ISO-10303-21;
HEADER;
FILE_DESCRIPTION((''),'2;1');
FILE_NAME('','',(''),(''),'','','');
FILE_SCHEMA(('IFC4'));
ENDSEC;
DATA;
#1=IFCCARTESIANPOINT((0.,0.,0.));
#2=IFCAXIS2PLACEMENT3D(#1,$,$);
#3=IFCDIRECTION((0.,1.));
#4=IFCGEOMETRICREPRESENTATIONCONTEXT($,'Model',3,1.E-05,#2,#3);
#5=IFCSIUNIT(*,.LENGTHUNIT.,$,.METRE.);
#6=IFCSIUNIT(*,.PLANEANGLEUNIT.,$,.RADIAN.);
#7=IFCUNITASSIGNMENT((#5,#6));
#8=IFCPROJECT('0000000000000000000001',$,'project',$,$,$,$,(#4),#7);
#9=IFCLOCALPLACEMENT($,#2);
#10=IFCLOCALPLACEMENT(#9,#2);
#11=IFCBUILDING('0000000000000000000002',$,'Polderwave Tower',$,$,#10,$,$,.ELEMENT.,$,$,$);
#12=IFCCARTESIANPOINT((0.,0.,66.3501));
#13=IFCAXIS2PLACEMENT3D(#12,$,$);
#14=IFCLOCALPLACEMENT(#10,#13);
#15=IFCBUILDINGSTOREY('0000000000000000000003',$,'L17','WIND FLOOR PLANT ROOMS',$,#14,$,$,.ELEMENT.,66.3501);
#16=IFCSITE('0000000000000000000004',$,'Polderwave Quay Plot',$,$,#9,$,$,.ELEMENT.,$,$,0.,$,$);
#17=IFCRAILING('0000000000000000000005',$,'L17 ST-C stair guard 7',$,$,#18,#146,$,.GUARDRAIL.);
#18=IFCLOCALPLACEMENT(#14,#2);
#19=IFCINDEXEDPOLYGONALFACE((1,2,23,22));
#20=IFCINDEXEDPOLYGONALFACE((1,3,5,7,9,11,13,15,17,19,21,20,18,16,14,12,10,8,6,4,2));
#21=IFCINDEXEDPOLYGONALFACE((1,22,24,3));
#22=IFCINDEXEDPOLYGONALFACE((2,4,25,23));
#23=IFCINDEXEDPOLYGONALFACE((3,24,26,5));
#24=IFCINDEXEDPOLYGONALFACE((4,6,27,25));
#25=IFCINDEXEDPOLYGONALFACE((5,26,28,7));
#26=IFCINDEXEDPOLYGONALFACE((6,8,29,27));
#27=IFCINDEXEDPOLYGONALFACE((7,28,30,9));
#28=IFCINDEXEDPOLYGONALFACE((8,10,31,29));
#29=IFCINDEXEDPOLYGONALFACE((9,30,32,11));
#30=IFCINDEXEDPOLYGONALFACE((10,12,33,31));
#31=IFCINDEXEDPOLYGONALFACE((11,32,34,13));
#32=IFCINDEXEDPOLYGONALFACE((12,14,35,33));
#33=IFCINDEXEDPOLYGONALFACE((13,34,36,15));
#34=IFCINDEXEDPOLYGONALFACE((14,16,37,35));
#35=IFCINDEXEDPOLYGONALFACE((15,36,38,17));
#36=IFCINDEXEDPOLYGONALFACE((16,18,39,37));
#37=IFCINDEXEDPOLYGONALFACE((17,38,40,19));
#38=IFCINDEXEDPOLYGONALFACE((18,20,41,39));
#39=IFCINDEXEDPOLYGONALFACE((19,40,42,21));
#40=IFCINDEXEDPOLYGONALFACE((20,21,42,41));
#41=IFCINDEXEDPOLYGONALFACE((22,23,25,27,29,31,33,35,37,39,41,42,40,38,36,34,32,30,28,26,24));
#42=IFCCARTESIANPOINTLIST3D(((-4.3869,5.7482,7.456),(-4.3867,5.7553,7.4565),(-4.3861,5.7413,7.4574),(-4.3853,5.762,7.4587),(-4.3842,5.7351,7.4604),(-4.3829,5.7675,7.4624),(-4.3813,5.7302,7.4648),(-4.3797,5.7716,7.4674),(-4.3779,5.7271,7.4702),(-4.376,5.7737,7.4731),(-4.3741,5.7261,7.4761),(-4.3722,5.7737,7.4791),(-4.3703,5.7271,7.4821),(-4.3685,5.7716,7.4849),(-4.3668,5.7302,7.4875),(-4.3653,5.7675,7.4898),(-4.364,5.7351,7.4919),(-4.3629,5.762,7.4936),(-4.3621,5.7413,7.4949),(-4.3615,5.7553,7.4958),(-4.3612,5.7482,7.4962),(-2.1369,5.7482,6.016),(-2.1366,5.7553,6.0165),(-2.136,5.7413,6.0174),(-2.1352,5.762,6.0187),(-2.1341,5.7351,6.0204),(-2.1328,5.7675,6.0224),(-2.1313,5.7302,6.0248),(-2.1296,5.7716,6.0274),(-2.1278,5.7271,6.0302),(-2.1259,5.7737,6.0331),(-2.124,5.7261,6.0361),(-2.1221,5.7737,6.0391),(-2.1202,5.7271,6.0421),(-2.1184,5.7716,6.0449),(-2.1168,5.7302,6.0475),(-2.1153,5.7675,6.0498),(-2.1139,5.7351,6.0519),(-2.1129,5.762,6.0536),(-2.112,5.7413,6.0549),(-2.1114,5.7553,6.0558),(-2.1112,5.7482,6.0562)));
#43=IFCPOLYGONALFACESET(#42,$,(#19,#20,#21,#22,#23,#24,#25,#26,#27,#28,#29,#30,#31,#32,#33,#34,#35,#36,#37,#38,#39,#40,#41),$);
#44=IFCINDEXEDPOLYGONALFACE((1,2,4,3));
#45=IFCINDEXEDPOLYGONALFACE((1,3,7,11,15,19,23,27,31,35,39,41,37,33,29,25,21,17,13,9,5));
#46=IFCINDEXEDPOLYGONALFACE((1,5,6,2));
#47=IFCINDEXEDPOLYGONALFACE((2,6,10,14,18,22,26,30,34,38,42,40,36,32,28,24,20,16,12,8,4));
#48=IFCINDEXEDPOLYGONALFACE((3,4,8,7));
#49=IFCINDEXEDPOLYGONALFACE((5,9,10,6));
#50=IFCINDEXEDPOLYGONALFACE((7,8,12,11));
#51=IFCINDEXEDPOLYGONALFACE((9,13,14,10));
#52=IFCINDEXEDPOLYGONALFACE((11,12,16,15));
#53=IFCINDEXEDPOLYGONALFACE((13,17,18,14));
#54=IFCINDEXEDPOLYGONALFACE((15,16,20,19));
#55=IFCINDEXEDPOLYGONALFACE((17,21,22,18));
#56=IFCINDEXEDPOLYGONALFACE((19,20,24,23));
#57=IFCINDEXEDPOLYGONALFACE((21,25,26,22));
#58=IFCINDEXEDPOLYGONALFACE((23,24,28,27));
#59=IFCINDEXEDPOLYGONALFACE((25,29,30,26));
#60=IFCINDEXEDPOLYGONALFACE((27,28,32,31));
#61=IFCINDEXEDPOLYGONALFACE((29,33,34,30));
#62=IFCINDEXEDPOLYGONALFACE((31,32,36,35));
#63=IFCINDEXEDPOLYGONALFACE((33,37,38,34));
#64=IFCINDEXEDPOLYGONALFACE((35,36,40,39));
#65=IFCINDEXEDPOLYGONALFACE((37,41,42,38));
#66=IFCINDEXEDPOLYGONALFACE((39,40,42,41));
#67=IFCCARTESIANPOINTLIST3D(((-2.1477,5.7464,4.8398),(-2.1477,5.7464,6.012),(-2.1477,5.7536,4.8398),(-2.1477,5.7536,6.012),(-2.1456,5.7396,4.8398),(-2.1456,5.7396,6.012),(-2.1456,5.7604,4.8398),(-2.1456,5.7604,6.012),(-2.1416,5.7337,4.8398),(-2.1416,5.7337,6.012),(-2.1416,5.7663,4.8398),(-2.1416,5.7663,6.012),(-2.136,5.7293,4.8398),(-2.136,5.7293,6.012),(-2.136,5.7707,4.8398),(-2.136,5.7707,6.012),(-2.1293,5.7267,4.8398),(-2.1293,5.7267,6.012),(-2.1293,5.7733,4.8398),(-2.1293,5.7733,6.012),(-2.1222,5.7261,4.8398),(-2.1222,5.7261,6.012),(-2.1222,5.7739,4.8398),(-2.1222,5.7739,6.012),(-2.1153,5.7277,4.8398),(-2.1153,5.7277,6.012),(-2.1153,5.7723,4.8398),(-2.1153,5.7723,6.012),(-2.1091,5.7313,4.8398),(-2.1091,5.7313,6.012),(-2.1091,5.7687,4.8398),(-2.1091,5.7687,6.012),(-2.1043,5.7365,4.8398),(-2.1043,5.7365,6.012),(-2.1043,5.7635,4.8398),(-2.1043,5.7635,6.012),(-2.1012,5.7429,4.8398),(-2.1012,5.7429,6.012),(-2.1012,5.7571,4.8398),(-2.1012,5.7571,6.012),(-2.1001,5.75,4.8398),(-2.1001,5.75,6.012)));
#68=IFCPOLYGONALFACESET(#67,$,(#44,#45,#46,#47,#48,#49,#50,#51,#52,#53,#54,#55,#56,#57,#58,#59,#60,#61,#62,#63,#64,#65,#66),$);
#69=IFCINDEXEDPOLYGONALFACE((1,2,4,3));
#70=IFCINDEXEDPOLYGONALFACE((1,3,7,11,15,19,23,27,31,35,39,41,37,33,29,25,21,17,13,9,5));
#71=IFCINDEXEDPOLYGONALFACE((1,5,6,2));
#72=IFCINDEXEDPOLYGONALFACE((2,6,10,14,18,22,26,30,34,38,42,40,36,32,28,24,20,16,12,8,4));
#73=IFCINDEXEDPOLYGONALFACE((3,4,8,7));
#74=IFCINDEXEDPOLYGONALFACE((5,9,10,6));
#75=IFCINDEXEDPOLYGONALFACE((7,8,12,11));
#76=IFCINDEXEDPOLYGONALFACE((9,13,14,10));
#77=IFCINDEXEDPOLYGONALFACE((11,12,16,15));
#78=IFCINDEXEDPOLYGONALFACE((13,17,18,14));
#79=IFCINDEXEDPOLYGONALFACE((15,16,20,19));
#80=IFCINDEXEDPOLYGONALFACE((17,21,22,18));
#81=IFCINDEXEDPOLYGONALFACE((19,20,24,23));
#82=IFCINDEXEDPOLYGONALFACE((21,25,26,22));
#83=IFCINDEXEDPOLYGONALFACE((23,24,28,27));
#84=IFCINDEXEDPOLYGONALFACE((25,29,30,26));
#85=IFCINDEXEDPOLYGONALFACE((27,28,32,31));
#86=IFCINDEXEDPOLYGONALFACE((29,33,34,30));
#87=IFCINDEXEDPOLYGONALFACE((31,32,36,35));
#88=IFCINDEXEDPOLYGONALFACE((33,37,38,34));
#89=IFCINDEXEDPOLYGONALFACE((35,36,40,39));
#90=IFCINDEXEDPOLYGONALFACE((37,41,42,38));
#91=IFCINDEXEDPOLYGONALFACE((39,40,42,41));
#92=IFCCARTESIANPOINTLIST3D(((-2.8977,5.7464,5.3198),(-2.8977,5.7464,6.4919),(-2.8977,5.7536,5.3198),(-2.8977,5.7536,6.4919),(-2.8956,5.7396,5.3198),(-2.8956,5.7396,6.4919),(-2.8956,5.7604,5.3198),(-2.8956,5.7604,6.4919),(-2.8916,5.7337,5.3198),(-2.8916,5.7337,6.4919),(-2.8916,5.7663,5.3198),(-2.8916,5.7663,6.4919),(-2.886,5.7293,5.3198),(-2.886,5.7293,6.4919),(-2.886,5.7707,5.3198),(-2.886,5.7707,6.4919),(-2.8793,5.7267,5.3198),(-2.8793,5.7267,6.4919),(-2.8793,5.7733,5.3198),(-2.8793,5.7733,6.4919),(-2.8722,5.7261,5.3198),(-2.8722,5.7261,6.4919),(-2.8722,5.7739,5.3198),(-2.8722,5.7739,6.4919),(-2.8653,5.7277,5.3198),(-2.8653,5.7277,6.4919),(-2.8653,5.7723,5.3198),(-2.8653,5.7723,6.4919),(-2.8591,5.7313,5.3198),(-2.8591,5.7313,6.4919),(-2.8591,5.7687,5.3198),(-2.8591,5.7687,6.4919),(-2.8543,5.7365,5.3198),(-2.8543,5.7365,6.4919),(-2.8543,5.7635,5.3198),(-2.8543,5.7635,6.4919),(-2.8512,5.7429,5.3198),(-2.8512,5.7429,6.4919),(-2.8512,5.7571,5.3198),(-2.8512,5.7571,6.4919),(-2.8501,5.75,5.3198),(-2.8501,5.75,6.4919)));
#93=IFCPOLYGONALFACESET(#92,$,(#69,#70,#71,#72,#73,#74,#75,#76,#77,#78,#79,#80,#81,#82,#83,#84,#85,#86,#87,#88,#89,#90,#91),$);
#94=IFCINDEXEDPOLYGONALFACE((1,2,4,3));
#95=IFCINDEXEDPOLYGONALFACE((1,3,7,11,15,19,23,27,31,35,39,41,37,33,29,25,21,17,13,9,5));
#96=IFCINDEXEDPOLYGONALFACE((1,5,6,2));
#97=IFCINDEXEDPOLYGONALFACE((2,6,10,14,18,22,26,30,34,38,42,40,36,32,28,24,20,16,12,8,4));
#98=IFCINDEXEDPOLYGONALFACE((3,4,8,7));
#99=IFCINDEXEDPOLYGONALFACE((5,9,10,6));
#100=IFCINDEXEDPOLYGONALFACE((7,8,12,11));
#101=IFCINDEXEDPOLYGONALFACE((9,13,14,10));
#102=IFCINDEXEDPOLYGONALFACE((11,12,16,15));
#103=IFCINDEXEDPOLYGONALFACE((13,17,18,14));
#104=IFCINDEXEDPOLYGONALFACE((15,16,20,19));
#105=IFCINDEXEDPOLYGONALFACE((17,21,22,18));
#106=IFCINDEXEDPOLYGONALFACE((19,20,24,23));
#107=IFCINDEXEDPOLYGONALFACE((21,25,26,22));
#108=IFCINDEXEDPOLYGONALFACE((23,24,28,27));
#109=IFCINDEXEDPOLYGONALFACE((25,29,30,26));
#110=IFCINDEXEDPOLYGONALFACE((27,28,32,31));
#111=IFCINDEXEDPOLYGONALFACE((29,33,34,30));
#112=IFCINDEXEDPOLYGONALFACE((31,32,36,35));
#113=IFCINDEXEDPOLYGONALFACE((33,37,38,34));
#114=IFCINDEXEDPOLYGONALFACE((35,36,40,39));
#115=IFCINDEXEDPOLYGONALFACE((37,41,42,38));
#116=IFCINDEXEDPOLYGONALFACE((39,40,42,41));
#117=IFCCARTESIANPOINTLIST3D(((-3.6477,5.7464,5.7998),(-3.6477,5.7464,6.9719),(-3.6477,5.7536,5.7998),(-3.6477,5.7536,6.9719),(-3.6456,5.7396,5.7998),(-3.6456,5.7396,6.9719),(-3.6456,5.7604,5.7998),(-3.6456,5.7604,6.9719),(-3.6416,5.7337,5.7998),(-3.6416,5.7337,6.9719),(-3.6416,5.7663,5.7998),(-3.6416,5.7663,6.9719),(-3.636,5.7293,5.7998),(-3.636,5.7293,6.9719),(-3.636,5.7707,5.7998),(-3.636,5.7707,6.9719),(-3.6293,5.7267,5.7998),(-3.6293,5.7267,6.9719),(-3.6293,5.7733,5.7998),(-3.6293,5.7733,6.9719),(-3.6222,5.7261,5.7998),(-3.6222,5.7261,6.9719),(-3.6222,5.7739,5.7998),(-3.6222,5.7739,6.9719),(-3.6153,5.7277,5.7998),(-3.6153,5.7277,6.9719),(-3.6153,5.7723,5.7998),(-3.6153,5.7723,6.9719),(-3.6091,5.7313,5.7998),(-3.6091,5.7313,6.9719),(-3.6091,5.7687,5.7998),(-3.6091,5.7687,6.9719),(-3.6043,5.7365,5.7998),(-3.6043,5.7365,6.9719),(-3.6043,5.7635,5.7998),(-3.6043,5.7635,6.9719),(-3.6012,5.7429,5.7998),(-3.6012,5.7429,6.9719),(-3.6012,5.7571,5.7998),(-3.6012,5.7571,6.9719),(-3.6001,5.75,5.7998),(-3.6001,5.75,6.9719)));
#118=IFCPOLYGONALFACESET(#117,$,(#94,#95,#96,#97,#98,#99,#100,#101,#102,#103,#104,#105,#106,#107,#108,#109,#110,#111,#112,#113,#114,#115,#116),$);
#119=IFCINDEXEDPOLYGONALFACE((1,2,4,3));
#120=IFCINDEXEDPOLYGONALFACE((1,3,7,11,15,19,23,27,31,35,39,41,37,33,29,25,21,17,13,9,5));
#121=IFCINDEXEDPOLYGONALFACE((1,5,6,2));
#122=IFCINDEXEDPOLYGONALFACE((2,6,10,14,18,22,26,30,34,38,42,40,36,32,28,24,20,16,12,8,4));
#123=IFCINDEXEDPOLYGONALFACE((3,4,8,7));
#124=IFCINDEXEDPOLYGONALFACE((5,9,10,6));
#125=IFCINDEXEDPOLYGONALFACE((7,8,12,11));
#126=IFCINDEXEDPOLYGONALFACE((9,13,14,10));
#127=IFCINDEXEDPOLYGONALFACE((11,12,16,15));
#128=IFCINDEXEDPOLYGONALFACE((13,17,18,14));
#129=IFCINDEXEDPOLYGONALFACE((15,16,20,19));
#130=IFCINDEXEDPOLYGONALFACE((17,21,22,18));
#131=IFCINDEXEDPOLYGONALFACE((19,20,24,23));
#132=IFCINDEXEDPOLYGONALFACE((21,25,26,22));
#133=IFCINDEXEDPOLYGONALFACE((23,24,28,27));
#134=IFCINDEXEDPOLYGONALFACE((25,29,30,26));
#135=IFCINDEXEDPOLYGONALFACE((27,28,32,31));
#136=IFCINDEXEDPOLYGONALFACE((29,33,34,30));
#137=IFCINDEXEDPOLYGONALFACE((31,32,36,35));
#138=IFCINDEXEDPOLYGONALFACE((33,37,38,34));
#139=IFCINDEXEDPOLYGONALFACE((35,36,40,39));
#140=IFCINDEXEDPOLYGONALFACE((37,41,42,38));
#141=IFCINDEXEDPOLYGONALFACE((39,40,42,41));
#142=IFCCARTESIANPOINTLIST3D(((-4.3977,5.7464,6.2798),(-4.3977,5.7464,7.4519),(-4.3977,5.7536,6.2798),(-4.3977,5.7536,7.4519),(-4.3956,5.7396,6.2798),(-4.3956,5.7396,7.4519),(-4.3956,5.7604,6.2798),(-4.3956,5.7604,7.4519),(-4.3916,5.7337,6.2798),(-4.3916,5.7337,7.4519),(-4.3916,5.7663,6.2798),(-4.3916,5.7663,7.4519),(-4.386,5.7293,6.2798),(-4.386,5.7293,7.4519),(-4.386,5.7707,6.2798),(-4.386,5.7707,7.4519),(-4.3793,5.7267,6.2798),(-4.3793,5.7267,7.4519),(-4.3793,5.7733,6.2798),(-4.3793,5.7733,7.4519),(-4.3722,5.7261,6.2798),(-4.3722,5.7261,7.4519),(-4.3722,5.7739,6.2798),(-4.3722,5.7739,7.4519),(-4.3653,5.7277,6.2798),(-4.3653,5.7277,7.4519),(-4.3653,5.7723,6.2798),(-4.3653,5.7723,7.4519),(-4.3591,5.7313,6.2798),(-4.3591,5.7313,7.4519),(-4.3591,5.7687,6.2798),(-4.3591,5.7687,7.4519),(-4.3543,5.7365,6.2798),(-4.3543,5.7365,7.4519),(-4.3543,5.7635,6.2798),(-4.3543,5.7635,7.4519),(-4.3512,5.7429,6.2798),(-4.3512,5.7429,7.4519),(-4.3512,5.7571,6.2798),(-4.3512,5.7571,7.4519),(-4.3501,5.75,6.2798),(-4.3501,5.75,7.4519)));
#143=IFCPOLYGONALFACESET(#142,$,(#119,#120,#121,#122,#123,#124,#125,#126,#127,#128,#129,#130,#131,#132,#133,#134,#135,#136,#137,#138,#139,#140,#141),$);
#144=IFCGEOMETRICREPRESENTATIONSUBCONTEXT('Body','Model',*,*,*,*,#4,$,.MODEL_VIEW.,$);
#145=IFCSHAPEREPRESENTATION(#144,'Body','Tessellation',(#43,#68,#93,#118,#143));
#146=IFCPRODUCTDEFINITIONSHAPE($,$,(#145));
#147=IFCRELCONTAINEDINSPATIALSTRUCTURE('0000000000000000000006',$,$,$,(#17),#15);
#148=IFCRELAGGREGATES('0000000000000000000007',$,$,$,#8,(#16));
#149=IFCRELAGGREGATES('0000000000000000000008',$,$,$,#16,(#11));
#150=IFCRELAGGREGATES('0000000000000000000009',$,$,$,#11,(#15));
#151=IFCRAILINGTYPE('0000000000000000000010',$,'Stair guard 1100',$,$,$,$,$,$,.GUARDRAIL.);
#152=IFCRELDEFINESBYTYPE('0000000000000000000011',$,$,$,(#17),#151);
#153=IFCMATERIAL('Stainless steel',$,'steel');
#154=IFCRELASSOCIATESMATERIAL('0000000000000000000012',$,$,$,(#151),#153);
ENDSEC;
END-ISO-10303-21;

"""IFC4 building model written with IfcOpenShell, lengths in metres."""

from ifc_helpers import new_model, si_unit, direction, frame, origin, origin_2d, place, context, subcontext, project, spatial, circle, extrude, material, type_object, element, save


model = new_model("IFC4")

# Units and contexts
model_context = context("Model", 3, precision=1e-05, world=origin(), true_north=direction((0.0, 1.0)))
body_context = subcontext(model_context, "Body", "Model", "MODEL_VIEW")
ifc_project = project(units=[si_unit("LENGTHUNIT", "METRE"), si_unit("PLANEANGLEUNIT", "RADIAN")], contexts=[model_context])

# Site, building, storey
site_placement = place(None, origin())
site = spatial("IfcSite", under=ifc_project, at=site_placement, Name="Polderwave Quay Plot", CompositionType="ELEMENT", RefElevation=0.0)
building_placement = place(site_placement, origin())
building = spatial("IfcBuilding", under=site, at=building_placement, Name="Polderwave Tower", CompositionType="ELEMENT")
storey_placement = place(building_placement, frame((0.0, 0.0, 66.3501)))
storey = spatial("IfcBuildingStorey", under=building, at=storey_placement, Name="L17", Description="WIND FLOOR PLANT ROOMS", CompositionType="ELEMENT", Elevation=66.3501)

# Railing
ifc_material_1 = material(Name="Stainless steel", Category="steel")
railing_type_1 = type_object("IfcRailingType", Name="Stair guard 1100", PredefinedType="GUARDRAIL", material=ifc_material_1)
railing_1_placement = place(storey_placement, frame((-2.124, 5.75, 4.8398)))
element("IfcRailing", 1, at=railing_1_placement, inside=storey, type_object=railing_type_1, Name="L17 ST-C stair guard 7", PredefinedType="GUARDRAIL", context=body_context, shape_type="SweptSolid", body=[
    extrude(circle(Radius=0.0239, at=origin_2d()), frame((0.0, 0.0, 1.1963), z_axis=(-0.842281, 0.0, 0.539038), x_axis=(0.0, -1.0, 0.0)), (0.0, 0.0, 1.0), 2.6714),
    extrude(circle(Radius=0.0239, at=origin_2d()), origin(), (0.0, 0.0, 1.0), 1.1721),
    extrude(circle(Radius=0.0239, at=origin_2d()), frame((-0.75, 0.0, 0.48)), (0.0, 0.0, 1.0), 1.1721),
    extrude(circle(Radius=0.0239, at=origin_2d()), frame((-1.5, 0.0, 0.96)), (0.0, 0.0, 1.0), 1.1721),
    extrude(circle(Radius=0.0239, at=origin_2d()), frame((-2.25, 0.0, 1.4399)), (0.0, 0.0, 1.0), 1.1721),
])

save(model, "model.ifc")
